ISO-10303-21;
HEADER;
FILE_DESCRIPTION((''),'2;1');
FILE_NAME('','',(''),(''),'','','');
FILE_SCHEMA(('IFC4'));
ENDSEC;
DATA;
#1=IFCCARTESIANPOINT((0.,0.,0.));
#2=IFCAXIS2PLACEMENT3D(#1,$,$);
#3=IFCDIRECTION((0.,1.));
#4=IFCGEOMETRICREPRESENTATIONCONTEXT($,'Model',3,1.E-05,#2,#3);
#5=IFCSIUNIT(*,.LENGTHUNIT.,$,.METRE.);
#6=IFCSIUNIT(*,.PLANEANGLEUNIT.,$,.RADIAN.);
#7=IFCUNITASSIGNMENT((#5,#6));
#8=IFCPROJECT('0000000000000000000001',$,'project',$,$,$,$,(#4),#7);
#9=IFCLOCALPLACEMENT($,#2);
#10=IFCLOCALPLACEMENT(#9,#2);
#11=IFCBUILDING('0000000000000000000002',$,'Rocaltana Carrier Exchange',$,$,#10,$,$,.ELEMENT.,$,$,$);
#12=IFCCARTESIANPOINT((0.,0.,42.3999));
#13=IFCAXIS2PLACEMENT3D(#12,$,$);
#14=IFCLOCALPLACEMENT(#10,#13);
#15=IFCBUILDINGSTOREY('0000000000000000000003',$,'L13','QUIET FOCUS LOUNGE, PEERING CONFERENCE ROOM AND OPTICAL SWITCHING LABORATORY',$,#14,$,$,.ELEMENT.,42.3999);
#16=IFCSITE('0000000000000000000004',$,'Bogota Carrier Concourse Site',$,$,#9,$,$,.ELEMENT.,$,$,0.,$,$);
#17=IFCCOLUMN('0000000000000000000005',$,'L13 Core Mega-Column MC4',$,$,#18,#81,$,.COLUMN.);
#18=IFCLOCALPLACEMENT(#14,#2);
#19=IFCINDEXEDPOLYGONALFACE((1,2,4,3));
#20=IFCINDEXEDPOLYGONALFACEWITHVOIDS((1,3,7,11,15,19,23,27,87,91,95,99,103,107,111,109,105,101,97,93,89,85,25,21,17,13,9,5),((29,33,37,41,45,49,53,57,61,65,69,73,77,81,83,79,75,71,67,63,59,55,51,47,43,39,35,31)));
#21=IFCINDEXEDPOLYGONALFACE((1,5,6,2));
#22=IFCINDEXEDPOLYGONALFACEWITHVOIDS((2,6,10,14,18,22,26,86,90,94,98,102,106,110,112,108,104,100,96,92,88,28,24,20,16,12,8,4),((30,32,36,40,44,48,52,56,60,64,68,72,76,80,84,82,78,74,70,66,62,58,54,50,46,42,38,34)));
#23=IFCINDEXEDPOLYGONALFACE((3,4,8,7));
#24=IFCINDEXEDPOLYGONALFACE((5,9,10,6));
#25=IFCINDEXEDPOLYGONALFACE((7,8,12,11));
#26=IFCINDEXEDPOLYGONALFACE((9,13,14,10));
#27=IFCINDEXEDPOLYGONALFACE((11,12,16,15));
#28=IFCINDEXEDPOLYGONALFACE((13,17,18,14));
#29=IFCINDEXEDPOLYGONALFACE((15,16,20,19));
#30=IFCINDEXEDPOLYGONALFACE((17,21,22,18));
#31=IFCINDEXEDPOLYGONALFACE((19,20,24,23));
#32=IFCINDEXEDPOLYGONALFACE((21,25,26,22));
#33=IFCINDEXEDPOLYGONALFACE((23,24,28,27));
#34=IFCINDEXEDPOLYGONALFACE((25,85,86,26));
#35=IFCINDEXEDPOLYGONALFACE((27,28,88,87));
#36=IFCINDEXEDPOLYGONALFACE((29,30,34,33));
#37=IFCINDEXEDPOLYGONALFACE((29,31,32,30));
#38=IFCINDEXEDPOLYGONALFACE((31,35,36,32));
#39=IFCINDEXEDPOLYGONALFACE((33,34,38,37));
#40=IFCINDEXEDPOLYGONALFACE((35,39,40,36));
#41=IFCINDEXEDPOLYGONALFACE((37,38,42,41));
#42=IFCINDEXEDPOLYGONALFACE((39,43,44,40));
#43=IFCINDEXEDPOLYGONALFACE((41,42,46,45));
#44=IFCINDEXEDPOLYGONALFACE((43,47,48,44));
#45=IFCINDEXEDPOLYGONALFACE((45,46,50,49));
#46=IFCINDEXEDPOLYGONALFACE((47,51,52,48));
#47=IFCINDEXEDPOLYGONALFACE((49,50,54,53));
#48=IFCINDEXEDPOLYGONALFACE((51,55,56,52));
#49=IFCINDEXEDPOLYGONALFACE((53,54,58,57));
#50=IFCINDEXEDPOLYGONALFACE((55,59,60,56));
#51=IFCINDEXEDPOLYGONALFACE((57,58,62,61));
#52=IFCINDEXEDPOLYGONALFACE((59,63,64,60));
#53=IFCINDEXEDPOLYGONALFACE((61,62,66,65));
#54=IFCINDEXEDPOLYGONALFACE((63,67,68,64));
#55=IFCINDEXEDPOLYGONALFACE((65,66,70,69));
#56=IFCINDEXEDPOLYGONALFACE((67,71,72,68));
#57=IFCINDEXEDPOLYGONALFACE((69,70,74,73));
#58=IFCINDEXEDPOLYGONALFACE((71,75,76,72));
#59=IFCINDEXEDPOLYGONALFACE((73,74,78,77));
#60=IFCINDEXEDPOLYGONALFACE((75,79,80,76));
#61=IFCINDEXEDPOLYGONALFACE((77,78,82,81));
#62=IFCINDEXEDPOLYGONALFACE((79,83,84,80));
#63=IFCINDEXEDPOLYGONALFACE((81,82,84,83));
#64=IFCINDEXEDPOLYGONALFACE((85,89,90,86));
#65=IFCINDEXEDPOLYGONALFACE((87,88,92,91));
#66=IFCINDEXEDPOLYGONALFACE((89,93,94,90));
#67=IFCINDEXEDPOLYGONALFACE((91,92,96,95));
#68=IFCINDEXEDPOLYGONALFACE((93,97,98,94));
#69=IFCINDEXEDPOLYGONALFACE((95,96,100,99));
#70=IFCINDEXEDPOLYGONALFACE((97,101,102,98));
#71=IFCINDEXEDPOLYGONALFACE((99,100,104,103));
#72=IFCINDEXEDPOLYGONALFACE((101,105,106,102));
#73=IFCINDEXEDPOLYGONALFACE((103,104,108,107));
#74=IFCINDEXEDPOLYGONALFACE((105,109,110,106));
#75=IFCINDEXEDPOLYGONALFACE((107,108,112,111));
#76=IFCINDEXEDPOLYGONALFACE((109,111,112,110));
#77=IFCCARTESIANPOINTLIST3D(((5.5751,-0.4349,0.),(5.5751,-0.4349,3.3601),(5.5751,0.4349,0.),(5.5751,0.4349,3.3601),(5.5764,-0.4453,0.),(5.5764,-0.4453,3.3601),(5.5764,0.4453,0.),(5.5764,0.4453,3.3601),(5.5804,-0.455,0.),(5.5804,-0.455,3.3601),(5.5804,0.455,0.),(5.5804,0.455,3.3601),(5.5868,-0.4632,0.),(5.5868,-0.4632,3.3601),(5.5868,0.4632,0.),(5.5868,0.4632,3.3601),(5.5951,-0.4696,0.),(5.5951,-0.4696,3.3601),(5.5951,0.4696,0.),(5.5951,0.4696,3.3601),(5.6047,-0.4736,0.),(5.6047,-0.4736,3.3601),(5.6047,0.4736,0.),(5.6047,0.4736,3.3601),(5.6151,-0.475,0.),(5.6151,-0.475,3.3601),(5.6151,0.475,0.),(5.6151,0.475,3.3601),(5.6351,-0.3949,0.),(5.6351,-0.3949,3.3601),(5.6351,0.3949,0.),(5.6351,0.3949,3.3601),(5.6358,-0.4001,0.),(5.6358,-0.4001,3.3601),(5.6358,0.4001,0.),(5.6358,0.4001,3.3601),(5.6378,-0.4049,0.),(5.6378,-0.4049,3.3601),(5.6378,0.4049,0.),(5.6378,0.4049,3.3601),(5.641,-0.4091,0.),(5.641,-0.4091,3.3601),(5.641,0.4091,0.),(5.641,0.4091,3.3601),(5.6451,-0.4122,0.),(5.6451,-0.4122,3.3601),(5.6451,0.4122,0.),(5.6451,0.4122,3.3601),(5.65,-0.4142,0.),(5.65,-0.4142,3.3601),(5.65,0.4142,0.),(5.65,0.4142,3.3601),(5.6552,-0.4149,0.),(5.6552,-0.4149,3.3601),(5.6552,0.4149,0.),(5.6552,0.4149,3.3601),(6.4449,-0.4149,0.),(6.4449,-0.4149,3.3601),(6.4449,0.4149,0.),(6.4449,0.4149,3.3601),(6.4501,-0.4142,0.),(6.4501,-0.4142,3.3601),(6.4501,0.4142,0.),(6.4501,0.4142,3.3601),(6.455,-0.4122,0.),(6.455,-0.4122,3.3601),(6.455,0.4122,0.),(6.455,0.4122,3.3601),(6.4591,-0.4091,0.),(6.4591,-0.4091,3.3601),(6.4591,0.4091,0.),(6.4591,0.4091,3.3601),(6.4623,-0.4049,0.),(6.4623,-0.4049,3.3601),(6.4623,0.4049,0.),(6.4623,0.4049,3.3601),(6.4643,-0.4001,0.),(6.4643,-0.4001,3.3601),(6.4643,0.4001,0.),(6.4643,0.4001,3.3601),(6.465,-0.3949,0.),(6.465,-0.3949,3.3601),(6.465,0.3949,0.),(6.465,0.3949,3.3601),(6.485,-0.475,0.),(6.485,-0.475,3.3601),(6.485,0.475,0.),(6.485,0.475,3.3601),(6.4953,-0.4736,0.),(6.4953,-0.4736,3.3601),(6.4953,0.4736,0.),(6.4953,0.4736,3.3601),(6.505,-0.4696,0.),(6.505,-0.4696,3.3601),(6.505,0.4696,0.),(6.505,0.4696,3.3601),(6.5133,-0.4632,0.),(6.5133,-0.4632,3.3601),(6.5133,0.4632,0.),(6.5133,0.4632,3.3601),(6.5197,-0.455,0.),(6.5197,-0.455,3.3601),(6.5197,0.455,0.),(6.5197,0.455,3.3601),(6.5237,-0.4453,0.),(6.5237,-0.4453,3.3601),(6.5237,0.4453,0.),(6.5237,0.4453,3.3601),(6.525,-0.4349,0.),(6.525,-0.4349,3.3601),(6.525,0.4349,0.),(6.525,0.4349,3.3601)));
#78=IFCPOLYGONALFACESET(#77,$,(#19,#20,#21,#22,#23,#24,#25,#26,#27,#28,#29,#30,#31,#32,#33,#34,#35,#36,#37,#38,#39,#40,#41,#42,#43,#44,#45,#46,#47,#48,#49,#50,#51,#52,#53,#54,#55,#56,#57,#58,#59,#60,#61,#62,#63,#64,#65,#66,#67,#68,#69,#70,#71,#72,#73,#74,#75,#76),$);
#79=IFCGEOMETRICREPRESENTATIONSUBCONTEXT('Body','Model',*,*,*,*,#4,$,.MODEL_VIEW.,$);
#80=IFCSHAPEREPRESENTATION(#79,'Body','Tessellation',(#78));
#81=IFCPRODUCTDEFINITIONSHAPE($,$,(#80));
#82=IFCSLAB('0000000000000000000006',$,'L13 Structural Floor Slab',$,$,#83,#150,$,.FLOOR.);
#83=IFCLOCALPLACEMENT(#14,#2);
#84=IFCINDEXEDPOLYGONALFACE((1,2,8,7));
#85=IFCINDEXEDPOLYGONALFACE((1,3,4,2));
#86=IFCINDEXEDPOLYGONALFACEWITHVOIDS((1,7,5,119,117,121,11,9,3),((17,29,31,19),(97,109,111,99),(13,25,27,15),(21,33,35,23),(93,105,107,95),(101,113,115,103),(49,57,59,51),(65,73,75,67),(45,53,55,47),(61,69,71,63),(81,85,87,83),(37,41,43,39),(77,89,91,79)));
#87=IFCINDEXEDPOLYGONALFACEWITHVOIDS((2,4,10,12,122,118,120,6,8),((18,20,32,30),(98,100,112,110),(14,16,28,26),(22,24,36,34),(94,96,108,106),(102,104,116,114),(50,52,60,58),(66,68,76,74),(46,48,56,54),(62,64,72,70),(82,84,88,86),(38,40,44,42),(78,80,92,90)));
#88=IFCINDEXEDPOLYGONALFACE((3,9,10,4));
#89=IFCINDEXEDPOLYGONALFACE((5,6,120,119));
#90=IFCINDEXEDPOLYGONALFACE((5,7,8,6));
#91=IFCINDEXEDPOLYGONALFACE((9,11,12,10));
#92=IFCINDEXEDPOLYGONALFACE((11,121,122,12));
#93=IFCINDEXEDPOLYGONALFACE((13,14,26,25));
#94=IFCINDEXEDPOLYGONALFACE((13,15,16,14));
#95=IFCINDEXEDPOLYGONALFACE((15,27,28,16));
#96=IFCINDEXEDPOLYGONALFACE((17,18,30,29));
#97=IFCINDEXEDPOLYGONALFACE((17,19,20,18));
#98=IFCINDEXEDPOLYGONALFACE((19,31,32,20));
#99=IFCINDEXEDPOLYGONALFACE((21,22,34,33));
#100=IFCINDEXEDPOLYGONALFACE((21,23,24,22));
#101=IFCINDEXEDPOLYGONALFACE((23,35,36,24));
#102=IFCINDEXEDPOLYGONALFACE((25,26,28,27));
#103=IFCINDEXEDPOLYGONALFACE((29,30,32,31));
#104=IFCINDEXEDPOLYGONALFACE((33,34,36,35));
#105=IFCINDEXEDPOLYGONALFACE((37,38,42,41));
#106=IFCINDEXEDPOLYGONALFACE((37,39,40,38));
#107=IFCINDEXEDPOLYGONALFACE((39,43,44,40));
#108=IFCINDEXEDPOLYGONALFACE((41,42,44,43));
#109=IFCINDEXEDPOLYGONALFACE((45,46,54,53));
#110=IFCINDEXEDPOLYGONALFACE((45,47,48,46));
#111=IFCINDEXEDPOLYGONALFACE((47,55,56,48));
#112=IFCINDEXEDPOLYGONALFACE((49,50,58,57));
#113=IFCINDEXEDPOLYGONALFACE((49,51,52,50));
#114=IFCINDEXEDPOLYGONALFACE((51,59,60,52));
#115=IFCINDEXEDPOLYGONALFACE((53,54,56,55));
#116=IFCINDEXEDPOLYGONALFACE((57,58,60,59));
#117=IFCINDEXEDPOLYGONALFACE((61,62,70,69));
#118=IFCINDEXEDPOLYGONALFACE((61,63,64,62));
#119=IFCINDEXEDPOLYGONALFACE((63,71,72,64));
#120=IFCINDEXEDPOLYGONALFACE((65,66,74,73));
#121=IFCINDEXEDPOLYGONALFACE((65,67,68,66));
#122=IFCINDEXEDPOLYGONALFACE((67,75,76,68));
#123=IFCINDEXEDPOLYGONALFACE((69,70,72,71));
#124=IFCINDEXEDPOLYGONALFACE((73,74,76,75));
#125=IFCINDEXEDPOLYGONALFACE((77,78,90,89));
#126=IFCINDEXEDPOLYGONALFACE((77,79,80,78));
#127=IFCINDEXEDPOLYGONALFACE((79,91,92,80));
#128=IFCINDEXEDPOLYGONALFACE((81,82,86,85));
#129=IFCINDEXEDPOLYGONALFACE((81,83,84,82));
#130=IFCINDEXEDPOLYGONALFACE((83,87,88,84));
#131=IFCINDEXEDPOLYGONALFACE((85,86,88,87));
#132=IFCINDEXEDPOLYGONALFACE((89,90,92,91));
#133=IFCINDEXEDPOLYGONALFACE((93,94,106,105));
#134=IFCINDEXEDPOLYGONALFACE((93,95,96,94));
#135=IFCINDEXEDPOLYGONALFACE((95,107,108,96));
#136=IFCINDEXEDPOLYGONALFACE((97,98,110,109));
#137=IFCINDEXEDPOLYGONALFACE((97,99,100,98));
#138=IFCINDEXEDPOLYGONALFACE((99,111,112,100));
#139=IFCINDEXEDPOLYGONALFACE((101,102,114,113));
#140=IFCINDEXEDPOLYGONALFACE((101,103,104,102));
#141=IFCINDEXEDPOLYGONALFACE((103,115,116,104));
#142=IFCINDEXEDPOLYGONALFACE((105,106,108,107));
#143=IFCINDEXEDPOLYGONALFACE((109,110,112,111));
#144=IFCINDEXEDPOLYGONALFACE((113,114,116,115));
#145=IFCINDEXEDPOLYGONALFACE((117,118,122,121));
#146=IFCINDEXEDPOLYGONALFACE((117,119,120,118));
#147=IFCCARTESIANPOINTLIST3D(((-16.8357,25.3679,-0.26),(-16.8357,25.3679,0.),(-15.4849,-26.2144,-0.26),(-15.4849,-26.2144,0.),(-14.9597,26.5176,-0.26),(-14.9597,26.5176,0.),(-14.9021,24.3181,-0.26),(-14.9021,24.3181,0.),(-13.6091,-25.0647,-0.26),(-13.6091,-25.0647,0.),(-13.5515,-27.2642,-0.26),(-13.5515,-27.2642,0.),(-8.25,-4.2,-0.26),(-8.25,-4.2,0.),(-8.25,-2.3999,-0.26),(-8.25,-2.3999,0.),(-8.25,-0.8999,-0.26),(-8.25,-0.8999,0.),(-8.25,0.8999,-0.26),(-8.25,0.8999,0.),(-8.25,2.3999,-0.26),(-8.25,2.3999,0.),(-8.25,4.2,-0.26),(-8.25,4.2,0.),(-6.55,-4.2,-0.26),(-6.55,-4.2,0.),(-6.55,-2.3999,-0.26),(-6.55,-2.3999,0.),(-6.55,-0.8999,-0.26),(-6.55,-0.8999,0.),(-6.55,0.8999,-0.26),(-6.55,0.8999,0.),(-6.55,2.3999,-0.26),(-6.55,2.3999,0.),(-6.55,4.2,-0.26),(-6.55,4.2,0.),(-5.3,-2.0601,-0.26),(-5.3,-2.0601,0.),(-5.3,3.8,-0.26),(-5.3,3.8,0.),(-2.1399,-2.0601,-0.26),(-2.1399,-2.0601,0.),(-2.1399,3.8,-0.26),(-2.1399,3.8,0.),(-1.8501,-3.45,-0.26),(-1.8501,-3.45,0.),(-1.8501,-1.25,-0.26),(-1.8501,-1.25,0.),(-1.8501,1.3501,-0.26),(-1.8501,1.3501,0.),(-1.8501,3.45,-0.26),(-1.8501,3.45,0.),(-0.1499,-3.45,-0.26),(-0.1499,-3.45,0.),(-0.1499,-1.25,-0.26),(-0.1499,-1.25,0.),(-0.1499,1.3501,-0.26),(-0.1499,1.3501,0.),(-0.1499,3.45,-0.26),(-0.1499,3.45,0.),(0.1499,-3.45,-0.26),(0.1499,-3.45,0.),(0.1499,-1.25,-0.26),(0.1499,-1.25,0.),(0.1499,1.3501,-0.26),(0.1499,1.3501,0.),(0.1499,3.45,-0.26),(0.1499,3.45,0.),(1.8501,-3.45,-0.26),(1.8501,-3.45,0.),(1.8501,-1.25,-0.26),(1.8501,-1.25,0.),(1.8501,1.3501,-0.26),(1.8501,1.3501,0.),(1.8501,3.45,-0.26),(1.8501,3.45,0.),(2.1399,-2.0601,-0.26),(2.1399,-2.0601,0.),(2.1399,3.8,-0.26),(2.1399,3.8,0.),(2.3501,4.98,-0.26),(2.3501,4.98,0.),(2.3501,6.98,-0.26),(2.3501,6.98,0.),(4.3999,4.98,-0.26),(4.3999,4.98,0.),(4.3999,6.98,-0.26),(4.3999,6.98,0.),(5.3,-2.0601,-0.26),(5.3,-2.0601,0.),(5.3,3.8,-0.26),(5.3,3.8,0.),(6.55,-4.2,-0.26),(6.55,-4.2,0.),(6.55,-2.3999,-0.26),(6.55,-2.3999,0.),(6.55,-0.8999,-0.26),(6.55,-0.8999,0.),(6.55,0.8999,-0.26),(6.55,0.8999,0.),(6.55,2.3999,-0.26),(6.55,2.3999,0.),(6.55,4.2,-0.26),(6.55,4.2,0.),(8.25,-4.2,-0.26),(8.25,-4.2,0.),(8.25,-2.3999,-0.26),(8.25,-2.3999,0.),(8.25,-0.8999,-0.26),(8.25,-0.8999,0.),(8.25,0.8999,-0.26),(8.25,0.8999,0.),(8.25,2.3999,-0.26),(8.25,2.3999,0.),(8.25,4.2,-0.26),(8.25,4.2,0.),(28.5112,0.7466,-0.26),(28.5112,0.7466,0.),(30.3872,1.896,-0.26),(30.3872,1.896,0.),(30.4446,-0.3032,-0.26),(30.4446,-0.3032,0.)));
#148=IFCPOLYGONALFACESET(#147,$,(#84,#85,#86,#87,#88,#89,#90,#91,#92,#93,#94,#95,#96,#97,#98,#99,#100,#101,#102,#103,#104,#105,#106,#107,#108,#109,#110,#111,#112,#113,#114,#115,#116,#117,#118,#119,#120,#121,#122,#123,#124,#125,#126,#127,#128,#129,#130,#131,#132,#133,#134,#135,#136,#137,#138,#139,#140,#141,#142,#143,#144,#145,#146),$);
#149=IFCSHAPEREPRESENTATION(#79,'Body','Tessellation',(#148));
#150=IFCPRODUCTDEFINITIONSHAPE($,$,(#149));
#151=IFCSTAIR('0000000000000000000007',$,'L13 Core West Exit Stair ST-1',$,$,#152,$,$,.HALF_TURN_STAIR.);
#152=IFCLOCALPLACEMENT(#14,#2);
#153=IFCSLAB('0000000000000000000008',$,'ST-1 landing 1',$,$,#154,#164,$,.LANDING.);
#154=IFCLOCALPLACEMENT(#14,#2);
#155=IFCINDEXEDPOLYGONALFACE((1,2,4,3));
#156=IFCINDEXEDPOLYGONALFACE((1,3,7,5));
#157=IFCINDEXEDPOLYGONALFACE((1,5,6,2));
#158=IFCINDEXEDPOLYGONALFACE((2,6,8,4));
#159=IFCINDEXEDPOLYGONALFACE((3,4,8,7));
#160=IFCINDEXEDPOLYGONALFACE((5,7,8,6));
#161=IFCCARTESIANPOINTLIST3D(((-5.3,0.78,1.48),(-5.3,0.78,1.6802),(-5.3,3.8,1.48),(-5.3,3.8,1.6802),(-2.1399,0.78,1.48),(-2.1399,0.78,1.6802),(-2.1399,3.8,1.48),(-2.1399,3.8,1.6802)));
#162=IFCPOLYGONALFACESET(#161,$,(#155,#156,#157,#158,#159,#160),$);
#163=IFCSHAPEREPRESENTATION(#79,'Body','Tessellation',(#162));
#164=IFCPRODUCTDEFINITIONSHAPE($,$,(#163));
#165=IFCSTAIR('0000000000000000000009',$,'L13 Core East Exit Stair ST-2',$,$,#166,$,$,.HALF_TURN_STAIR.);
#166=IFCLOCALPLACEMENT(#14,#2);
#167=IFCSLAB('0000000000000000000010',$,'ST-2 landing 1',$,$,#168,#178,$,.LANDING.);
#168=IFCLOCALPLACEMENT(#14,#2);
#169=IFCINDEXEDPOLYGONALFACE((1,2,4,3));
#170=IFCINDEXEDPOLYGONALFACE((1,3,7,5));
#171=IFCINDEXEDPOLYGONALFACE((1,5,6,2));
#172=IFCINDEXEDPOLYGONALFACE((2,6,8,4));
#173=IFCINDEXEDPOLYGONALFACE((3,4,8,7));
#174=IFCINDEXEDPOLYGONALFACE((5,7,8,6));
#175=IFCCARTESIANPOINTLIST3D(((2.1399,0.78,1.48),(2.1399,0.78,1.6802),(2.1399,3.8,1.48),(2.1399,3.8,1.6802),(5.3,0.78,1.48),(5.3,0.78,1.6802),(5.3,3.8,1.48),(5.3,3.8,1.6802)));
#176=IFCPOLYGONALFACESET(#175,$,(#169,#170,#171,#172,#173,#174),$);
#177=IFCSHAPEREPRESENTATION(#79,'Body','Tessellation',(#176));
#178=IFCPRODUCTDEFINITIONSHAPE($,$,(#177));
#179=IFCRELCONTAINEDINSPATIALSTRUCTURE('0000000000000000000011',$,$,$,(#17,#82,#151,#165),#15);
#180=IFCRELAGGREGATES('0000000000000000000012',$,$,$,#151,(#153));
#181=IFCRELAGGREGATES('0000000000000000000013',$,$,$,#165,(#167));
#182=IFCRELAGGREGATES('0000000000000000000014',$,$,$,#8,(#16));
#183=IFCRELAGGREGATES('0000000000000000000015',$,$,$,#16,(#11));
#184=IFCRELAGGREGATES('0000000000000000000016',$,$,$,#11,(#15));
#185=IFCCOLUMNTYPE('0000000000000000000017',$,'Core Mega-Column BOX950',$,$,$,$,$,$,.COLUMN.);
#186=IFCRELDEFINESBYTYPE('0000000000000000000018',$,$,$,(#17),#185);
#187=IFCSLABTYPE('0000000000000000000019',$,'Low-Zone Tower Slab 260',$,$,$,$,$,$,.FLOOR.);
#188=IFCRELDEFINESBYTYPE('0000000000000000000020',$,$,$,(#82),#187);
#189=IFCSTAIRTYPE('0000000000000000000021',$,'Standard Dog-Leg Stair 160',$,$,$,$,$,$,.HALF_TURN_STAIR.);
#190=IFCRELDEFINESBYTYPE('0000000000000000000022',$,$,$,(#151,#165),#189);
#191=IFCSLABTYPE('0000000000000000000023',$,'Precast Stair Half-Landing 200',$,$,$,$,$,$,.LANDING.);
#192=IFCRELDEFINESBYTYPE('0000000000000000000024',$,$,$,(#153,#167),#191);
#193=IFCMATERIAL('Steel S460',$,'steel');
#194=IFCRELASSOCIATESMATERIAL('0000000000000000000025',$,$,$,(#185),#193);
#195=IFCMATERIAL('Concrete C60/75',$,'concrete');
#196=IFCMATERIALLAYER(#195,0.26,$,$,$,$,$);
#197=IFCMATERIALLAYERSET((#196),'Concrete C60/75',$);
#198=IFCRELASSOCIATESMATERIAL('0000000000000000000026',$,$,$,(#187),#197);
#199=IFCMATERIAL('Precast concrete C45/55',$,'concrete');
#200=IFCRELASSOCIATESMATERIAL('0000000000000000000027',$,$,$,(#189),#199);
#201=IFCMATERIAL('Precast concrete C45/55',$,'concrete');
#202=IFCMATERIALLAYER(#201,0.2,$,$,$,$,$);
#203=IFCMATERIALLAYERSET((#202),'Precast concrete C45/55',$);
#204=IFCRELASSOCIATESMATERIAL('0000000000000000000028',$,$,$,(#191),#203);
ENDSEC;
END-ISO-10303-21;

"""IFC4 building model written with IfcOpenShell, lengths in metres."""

from ifc_helpers import new_model, si_unit, direction, frame, origin, origin_2d, place, context, subcontext, project, spatial, polyline, hollow_rectangle, outline, extrude, material, layer, layer_set, material_profile, profile_set, type_object, element, aggregate, save


model = new_model("IFC4")

# Units and contexts
model_context = context("Model", 3, precision=1e-05, world=origin(), true_north=direction((0.0, 1.0)))
body_context = subcontext(model_context, "Body", "Model", "MODEL_VIEW")
ifc_project = project(units=[si_unit("LENGTHUNIT", "METRE"), si_unit("PLANEANGLEUNIT", "RADIAN")], contexts=[model_context])

# Site, building, storey
site_placement = place(None, origin())
site = spatial("IfcSite", under=ifc_project, at=site_placement, Name="Bogota Carrier Concourse Site", CompositionType="ELEMENT", RefElevation=0.0)
building_placement = place(site_placement, origin())
building = spatial("IfcBuilding", under=site, at=building_placement, Name="Rocaltana Carrier Exchange", CompositionType="ELEMENT")
storey_placement = place(building_placement, frame((0.0, 0.0, 42.3999)))
storey = spatial("IfcBuildingStorey", under=building, at=storey_placement, Name="L13", Description="QUIET FOCUS LOUNGE, PEERING CONFERENCE ROOM AND OPTICAL SWITCHING LABORATORY", CompositionType="ELEMENT", Elevation=42.3999)

# Column
ifc_material_1 = material(Name="Steel S460", Category="steel")
ifc_material_profile = material_profile(ifc_material_1, hollow_rectangle(XDim=0.95, YDim=0.95, WallThickness=0.0601, InnerFilletRadius=0.02, OuterFilletRadius=0.04, at=origin_2d()), Name="BOX950X950X60")
ifc_profile_set = profile_set([ifc_material_profile], Name="Steel S460")
column_type = type_object("IfcColumnType", Name="Core Mega-Column BOX950", PredefinedType="COLUMN", material=ifc_profile_set)
column_placement = place(storey_placement, frame((6.05, 0.0, 0.0), z_axis=(0.0, 0.0, 1.0), x_axis=(1.0, 0.0, 0.0)))
element("IfcColumn", 1, at=column_placement, inside=storey, type_object=column_type, Name="L13 Core Mega-Column MC4", PredefinedType="COLUMN", context=body_context, shape_type="SweptSolid", body=[
    extrude(hollow_rectangle(XDim=0.95, YDim=0.95, WallThickness=0.0601, InnerFilletRadius=0.02, OuterFilletRadius=0.04, at=origin_2d()), origin(), (0.0, 0.0, 1.0), 3.3601),
])

# Slab
ifc_material_2 = material(Name="Concrete C60/75", Category="concrete")
ifc_layer_1 = layer(ifc_material_2, 0.26)
ifc_layer_set_1 = layer_set([ifc_layer_1], Name="Concrete C60/75")
slab_type_1 = type_object("IfcSlabType", Name="Low-Zone Tower Slab 260", PredefinedType="FLOOR", material=ifc_layer_set_1)
slab_1_placement = place(storey_placement, frame((0.0, 0.0, -0.26)))
element("IfcSlab", 2, at=slab_1_placement, inside=storey, type_object=slab_type_1, Name="L13 Structural Floor Slab", PredefinedType="FLOOR", context=body_context, shape_type="SweptSolid", body=[
    extrude(outline(polyline([(30.4446, -0.3032), (28.5112, 0.7466), (30.3872, 1.896), (-14.9597, 26.5176), (-14.9021, 24.3181), (-16.8357, 25.3679), (-15.4849, -26.2144), (-13.6091, -25.0647), (-13.5515, -27.2642), (30.4446, -0.3032)]), holes=[polyline([(-5.3, -2.0601), (-2.1399, -2.0601), (-2.1399, 3.8), (-5.3, 3.8), (-5.3, -2.0601)]), polyline([(2.1399, -2.0601), (5.3, -2.0601), (5.3, 3.8), (2.1399, 3.8), (2.1399, -2.0601)]), polyline([(-1.8501, -3.45), (-0.1499, -3.45), (-0.1499, -1.25), (-1.8501, -1.25), (-1.8501, -3.45)]), polyline([(0.1499, -3.45), (1.8501, -3.45), (1.8501, -1.25), (0.1499, -1.25), (0.1499, -3.45)]), polyline([(2.3501, 4.98), (4.3999, 4.98), (4.3999, 6.98), (2.3501, 6.98), (2.3501, 4.98)]), polyline([(-1.8501, 1.3501), (-0.1499, 1.3501), (-0.1499, 3.45), (-1.8501, 3.45), (-1.8501, 1.3501)]), polyline([(0.1499, 1.3501), (1.8501, 1.3501), (1.8501, 3.45), (0.1499, 3.45), (0.1499, 1.3501)]), polyline([(-8.25, -4.2), (-6.55, -4.2), (-6.55, -2.3999), (-8.25, -2.3999), (-8.25, -4.2)]), polyline([(-8.25, -0.8999), (-6.55, -0.8999), (-6.55, 0.8999), (-8.25, 0.8999), (-8.25, -0.8999)]), polyline([(-8.25, 2.3999), (-6.55, 2.3999), (-6.55, 4.2), (-8.25, 4.2), (-8.25, 2.3999)]), polyline([(6.55, -4.2), (8.25, -4.2), (8.25, -2.3999), (6.55, -2.3999), (6.55, -4.2)]), polyline([(6.55, -0.8999), (8.25, -0.8999), (8.25, 0.8999), (6.55, 0.8999), (6.55, -0.8999)]), polyline([(6.55, 2.3999), (8.25, 2.3999), (8.25, 4.2), (6.55, 4.2), (6.55, 2.3999)])]), origin(), (0.0, 0.0, 1.0), 0.26),
])

# Stairs, slabs
ifc_material_3 = material(Name="Precast concrete C45/55", Category="concrete")
stair_type = type_object("IfcStairType", Name="Standard Dog-Leg Stair 160", PredefinedType="HALF_TURN_STAIR", material=ifc_material_3)
stair_1_placement = place(storey_placement, origin())
stair_1 = element("IfcStair", 3, at=stair_1_placement, inside=storey, type_object=stair_type, Name="L13 Core West Exit Stair ST-1", PredefinedType="HALF_TURN_STAIR")
ifc_material_4 = material(Name="Precast concrete C45/55", Category="concrete")
ifc_layer_2 = layer(ifc_material_4, 0.2)
ifc_layer_set_2 = layer_set([ifc_layer_2], Name="Precast concrete C45/55")
slab_type_2 = type_object("IfcSlabType", Name="Precast Stair Half-Landing 200", PredefinedType="LANDING", material=ifc_layer_set_2)
slab_2_placement = place(storey_placement, frame((0.0, 0.0, 1.48)))
slab_2 = element("IfcSlab", 4, at=slab_2_placement, type_object=slab_type_2, Name="ST-1 landing 1", PredefinedType="LANDING", context=body_context, shape_type="SweptSolid", body=[
    extrude(outline(polyline([(-2.1399, 0.78), (-2.1399, 3.8), (-5.3, 3.8), (-5.3, 0.78), (-2.1399, 0.78)])), origin(), (0.0, 0.0, 1.0), 0.2002),
])
aggregate(stair_1, [slab_2])
stair_2_placement = place(storey_placement, origin())
stair_2 = element("IfcStair", 5, at=stair_2_placement, inside=storey, type_object=stair_type, Name="L13 Core East Exit Stair ST-2", PredefinedType="HALF_TURN_STAIR")
slab_3_placement = place(storey_placement, frame((0.0, 0.0, 1.48)))
slab_3 = element("IfcSlab", 6, at=slab_3_placement, type_object=slab_type_2, Name="ST-2 landing 1", PredefinedType="LANDING", context=body_context, shape_type="SweptSolid", body=[
    extrude(outline(polyline([(5.3, 0.78), (5.3, 3.8), (2.1399, 3.8), (2.1399, 0.78), (5.3, 0.78)])), origin(), (0.0, 0.0, 1.0), 0.2002),
])

aggregate(stair_2, [slab_3])

save(model, "model.ifc")
